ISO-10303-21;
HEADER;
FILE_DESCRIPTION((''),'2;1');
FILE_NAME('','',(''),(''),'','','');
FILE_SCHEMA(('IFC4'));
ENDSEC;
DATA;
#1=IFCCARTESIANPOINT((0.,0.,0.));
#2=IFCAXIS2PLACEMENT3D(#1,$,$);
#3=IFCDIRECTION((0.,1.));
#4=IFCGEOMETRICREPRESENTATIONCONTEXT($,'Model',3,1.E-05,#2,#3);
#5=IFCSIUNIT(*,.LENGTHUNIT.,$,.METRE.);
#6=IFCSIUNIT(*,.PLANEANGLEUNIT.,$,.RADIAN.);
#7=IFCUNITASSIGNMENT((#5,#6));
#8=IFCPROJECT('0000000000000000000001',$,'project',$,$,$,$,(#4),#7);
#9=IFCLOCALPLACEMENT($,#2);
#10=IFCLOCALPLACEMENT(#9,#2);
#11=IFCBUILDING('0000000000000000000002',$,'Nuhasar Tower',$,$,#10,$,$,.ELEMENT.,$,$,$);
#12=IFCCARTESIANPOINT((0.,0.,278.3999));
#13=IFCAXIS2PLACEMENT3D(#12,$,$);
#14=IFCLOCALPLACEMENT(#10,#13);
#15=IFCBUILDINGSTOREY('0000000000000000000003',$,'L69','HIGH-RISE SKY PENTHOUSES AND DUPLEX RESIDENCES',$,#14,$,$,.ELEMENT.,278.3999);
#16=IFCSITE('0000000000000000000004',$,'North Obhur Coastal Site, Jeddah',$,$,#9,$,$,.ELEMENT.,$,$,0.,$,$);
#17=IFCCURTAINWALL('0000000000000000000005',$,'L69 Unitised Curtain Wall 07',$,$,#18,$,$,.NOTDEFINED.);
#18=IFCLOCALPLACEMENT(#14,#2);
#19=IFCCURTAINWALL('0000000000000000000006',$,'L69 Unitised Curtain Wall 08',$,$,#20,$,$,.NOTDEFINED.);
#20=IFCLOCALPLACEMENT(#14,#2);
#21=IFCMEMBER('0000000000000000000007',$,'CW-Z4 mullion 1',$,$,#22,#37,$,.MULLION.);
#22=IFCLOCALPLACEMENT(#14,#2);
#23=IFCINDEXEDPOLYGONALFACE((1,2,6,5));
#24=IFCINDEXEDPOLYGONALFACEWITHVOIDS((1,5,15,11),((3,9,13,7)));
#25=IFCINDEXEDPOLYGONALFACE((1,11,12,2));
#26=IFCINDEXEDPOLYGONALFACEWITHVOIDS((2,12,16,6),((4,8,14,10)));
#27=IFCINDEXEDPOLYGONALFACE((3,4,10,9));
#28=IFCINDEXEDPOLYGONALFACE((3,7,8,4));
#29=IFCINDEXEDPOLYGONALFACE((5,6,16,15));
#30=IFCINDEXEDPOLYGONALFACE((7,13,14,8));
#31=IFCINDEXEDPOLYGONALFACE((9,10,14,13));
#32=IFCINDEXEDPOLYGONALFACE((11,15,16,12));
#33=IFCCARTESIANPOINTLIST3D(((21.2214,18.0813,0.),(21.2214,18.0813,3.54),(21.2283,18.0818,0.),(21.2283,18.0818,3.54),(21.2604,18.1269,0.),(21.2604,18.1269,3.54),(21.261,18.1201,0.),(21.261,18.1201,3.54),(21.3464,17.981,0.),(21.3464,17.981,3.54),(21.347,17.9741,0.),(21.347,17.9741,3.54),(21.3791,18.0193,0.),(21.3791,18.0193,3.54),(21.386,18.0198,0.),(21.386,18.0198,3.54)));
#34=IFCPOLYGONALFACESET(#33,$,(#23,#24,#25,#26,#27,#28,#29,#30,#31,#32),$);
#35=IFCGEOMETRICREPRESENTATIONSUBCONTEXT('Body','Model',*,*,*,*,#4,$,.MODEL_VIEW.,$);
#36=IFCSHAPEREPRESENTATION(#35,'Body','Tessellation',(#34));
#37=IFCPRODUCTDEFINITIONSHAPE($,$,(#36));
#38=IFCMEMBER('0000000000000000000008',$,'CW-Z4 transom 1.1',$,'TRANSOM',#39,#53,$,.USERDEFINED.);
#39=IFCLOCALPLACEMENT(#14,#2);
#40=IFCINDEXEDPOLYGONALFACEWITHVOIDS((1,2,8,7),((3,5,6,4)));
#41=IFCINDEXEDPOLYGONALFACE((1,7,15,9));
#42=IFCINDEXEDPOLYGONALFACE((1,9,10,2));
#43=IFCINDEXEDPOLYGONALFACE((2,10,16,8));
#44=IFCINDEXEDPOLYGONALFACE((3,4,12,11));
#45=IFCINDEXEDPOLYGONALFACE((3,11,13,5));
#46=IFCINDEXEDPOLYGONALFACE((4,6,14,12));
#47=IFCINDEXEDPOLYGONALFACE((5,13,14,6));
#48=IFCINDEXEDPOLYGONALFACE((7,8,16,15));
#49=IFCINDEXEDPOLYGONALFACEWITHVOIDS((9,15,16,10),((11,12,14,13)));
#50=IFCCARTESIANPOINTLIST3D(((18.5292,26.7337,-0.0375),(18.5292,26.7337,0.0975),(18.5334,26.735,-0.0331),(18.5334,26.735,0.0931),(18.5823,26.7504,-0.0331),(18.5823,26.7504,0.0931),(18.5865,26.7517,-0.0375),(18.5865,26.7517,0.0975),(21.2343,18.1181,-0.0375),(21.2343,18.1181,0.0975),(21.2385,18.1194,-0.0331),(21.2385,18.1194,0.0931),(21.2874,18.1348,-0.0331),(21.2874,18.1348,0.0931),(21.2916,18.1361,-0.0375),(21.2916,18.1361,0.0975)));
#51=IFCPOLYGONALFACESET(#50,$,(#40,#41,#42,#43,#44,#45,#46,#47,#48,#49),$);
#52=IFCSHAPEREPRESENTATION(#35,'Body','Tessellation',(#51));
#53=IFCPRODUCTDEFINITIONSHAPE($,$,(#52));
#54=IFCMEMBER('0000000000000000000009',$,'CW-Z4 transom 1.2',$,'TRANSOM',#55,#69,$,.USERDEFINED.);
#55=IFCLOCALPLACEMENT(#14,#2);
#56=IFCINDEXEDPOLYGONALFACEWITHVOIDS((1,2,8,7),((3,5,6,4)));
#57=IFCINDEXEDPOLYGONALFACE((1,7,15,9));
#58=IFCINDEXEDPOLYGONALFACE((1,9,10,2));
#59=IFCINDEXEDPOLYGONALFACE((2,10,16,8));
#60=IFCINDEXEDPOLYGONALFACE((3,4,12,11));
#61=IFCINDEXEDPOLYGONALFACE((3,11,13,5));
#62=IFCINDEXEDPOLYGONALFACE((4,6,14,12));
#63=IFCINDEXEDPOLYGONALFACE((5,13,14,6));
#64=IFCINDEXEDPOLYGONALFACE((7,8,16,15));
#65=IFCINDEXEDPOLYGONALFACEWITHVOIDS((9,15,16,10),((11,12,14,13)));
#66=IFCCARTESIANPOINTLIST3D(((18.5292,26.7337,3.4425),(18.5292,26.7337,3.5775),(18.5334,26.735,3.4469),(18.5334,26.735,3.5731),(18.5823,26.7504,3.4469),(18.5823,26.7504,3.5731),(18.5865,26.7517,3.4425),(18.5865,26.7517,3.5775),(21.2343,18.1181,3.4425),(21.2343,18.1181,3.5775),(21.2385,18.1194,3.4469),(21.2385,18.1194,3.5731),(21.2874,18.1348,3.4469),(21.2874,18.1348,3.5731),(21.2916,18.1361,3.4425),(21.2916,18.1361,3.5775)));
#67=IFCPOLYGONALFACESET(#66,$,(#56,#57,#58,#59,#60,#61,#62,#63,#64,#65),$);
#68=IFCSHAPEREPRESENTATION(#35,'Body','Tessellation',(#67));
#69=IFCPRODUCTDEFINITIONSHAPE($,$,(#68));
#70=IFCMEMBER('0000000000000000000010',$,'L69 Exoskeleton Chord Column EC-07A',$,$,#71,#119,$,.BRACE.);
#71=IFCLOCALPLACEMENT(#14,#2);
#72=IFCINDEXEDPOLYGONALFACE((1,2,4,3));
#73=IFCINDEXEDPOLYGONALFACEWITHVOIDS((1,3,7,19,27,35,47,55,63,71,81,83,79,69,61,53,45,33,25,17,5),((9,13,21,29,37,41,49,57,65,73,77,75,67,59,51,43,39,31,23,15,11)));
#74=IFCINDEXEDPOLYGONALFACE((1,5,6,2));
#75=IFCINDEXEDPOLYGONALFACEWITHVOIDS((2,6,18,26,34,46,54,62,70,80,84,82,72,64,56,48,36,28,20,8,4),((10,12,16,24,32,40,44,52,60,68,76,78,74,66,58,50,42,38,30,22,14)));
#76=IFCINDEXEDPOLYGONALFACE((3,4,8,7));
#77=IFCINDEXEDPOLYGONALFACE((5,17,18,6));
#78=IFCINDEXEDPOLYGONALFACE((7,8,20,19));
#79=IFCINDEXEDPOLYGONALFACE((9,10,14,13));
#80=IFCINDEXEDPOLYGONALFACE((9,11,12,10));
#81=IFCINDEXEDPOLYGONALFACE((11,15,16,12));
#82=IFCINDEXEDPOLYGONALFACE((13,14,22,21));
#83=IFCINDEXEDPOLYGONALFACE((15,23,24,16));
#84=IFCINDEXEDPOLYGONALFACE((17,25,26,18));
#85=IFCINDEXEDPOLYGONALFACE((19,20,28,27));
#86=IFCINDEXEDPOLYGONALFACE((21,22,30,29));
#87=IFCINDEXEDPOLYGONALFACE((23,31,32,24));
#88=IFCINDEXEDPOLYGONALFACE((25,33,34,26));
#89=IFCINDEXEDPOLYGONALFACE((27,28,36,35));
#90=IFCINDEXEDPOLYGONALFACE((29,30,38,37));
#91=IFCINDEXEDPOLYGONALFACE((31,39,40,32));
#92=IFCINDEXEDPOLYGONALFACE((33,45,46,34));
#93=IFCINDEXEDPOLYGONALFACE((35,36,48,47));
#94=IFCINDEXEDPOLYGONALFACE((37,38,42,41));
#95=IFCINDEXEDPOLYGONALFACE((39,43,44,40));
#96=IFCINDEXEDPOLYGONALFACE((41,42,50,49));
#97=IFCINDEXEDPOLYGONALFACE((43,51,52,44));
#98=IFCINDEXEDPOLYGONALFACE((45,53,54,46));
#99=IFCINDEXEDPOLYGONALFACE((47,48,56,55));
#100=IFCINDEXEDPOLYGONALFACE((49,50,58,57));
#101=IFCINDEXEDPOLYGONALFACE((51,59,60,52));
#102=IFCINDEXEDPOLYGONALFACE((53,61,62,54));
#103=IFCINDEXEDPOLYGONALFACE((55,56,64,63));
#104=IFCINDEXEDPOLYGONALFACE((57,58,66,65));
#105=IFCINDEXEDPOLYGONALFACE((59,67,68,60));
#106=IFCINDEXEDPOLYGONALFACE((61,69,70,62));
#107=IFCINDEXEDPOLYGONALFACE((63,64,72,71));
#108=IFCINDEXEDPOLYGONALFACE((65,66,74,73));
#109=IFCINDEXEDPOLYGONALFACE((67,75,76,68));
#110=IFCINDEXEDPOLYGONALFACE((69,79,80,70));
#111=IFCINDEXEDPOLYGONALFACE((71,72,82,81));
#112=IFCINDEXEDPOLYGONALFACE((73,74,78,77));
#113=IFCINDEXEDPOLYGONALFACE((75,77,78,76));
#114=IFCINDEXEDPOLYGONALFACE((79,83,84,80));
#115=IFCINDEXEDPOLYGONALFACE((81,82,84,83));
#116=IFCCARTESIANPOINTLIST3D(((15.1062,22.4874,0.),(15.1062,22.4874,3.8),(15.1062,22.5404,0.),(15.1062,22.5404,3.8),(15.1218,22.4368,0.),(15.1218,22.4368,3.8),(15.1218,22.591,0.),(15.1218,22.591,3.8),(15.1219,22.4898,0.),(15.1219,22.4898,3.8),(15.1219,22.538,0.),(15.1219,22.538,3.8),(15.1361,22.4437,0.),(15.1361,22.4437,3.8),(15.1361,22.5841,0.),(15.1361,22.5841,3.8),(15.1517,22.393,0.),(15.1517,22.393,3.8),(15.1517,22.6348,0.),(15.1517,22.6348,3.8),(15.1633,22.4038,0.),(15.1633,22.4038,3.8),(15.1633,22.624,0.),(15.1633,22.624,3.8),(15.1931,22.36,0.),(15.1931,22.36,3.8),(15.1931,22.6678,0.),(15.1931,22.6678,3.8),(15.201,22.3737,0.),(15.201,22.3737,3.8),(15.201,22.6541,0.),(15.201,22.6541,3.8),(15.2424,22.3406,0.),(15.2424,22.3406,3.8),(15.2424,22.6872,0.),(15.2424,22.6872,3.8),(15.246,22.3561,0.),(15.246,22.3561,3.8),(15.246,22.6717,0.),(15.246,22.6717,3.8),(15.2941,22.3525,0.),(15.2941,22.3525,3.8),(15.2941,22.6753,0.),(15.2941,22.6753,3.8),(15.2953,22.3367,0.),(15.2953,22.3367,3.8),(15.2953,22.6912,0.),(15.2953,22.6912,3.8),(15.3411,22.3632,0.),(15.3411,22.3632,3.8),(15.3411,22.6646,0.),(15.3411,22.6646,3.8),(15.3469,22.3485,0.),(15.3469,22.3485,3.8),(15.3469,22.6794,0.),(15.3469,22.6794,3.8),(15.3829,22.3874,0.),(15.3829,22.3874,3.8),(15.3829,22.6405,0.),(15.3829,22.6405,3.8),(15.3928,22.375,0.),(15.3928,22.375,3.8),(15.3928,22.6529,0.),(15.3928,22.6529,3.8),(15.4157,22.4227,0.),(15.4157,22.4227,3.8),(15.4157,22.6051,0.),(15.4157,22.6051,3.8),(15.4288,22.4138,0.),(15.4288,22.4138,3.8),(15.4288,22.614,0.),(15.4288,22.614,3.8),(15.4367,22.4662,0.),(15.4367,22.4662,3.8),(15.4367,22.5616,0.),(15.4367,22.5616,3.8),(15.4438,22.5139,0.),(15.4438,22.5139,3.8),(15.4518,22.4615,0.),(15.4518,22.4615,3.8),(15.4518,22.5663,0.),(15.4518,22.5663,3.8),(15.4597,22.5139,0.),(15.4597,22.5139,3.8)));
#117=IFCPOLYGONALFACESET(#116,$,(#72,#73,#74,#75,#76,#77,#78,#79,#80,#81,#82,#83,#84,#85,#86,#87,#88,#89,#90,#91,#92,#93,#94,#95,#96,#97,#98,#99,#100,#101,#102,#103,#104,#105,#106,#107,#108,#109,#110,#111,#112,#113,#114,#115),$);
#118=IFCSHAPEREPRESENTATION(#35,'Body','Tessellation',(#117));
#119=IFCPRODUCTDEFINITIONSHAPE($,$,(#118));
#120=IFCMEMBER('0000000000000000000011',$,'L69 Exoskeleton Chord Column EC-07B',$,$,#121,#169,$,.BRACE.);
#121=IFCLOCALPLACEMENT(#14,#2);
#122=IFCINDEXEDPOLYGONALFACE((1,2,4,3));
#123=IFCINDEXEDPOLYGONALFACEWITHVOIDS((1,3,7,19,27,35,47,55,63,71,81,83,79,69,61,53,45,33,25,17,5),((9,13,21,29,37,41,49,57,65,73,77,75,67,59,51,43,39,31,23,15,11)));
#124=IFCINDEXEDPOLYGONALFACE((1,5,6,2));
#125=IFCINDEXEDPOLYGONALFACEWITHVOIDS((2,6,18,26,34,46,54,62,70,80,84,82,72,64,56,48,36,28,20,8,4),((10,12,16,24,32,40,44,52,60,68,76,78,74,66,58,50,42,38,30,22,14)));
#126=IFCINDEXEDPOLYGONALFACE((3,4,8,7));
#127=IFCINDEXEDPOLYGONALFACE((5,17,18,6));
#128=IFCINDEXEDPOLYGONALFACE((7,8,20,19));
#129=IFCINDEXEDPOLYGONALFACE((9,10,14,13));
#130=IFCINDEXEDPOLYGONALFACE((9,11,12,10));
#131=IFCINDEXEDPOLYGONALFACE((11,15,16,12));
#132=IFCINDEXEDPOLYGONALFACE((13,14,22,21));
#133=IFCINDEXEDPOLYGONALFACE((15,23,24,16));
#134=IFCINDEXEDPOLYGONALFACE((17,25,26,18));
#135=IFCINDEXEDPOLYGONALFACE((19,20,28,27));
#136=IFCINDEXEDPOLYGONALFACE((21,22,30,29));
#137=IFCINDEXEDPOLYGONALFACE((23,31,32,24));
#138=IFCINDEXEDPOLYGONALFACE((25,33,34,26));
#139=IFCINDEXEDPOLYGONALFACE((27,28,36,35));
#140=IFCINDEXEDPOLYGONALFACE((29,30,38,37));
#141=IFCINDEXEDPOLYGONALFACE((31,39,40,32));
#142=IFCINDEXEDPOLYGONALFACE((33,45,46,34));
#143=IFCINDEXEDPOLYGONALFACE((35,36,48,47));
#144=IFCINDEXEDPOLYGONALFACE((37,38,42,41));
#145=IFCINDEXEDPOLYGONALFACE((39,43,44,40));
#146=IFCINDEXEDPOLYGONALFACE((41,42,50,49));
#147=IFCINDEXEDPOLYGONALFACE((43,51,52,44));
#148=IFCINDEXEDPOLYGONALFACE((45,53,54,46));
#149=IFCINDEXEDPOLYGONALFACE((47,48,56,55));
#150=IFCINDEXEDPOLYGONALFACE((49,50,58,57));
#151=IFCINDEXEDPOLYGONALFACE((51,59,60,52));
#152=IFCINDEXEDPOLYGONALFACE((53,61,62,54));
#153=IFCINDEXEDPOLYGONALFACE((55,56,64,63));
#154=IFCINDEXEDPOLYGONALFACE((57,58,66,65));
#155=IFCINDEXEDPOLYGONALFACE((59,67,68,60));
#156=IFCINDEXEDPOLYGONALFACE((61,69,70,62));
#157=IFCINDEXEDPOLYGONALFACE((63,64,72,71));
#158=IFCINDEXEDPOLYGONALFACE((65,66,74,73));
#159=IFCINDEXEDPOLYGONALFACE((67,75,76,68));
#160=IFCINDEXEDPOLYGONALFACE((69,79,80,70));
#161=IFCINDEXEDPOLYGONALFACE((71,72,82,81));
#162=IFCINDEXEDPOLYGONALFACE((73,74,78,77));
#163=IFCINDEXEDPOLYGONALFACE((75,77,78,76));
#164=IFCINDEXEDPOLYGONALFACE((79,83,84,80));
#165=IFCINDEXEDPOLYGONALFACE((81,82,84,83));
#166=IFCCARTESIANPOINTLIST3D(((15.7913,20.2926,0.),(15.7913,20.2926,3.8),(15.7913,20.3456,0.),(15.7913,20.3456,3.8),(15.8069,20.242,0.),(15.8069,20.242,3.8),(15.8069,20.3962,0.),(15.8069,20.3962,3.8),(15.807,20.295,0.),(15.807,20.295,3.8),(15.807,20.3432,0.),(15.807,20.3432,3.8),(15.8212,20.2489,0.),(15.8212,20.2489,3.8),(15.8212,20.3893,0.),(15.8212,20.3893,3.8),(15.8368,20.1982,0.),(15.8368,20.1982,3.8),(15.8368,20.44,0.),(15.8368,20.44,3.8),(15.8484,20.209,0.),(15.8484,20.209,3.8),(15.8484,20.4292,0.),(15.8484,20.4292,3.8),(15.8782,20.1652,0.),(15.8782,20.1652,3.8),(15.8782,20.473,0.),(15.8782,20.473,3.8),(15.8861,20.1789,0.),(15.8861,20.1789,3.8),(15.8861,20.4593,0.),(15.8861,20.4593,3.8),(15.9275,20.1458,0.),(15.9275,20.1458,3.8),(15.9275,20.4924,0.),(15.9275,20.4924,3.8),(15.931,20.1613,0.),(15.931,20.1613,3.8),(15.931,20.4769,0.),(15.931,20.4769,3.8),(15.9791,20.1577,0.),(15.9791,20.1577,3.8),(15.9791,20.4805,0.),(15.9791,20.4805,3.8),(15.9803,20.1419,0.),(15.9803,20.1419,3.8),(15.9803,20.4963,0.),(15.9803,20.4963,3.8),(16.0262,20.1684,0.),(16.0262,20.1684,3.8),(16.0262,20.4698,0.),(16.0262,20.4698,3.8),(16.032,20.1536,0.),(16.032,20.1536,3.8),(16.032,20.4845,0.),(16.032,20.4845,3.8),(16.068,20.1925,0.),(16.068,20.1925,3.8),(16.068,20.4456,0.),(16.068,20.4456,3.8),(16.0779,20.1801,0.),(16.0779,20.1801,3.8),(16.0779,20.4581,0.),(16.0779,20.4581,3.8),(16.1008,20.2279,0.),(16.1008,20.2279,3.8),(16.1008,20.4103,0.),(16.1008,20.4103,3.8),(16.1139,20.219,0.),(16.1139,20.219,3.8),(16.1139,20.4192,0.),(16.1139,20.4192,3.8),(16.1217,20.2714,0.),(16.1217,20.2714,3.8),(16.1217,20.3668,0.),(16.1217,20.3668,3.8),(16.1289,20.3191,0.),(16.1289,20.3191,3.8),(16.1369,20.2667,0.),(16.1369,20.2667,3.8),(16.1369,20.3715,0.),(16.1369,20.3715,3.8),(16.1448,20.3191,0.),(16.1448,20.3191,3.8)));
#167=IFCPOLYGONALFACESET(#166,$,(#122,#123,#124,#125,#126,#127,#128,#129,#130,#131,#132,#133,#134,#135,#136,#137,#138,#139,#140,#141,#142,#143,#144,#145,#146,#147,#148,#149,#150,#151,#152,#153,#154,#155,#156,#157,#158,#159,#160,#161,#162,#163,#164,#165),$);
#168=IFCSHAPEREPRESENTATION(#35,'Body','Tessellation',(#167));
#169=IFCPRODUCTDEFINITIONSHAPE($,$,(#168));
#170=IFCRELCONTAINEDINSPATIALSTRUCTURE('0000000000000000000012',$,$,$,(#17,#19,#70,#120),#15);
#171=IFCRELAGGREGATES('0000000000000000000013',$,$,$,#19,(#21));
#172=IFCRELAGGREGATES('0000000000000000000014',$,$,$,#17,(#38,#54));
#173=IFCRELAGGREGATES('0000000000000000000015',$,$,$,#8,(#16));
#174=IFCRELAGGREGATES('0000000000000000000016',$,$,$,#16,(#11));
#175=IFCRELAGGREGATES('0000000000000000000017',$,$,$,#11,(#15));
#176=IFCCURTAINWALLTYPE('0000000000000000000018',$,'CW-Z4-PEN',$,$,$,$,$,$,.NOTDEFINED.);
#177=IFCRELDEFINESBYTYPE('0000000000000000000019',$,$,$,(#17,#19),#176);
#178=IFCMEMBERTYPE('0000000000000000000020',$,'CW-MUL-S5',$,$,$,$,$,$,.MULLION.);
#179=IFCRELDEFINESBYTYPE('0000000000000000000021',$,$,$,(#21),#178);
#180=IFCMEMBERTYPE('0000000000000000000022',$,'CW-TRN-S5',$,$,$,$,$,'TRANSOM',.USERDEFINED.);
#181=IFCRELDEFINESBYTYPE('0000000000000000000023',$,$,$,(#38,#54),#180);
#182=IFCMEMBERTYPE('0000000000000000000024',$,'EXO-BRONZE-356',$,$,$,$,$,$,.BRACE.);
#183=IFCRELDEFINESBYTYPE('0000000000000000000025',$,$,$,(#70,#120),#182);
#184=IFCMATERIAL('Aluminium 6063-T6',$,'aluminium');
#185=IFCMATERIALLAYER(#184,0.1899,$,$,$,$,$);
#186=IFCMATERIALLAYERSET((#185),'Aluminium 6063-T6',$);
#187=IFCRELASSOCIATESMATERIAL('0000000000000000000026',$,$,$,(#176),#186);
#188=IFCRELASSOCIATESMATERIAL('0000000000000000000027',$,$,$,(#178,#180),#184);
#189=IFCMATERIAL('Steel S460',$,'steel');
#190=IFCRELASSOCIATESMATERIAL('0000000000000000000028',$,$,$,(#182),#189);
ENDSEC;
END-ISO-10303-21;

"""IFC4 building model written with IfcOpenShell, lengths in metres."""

from ifc_helpers import new_model, si_unit, direction, frame, origin, origin_2d, place, context, subcontext, project, spatial, hollow_rectangle, hollow_circle, extrude, material, layer, layer_set, material_profile, profile_set, type_object, element, aggregate, save


model = new_model("IFC4")

# Units and contexts
model_context = context("Model", 3, precision=1e-05, world=origin(), true_north=direction((0.0, 1.0)))
body_context = subcontext(model_context, "Body", "Model", "MODEL_VIEW")
ifc_project = project(units=[si_unit("LENGTHUNIT", "METRE"), si_unit("PLANEANGLEUNIT", "RADIAN")], contexts=[model_context])

# Site, building, storey
site_placement = place(None, origin())
site = spatial("IfcSite", under=ifc_project, at=site_placement, Name="North Obhur Coastal Site, Jeddah", CompositionType="ELEMENT", RefElevation=0.0)
building_placement = place(site_placement, origin())
building = spatial("IfcBuilding", under=site, at=building_placement, Name="Nuhasar Tower", CompositionType="ELEMENT")
storey_placement = place(building_placement, frame((0.0, 0.0, 278.3999)))
storey = spatial("IfcBuildingStorey", under=building, at=storey_placement, Name="L69", Description="HIGH-RISE SKY PENTHOUSES AND DUPLEX RESIDENCES", CompositionType="ELEMENT", Elevation=278.3999)

# Curtain wall
ifc_material_1 = material(Name="Aluminium 6063-T6", Category="aluminium")
ifc_layer_1 = layer(ifc_material_1, 0.1899)
ifc_layer_set_1 = layer_set([ifc_layer_1], Name="Aluminium 6063-T6")
curtain_wall_type = type_object("IfcCurtainWallType", Name="CW-Z4-PEN", PredefinedType="NOTDEFINED", material=ifc_layer_set_1)
curtain_wall_1_placement = place(storey_placement, origin())
curtain_wall_1 = element("IfcCurtainWall", 1, at=curtain_wall_1_placement, inside=storey, type_object=curtain_wall_type, Name="L69 Unitised Curtain Wall 07", PredefinedType="NOTDEFINED")
ifc_material_profile_1 = material_profile(ifc_material_1, hollow_rectangle(XDim=0.0601, YDim=0.165, WallThickness=0.0049, at=origin_2d()), Name="CWM-5")
ifc_profile_set_1 = profile_set([ifc_material_profile_1], Name="Aluminium 6063-T6")
member_type_1 = type_object("IfcMemberType", Name="CW-MUL-S5", PredefinedType="MULLION", material=ifc_profile_set_1)

# Curtain wall, member
curtain_wall_2_placement = place(storey_placement, origin())
curtain_wall_2 = element("IfcCurtainWall", 2, at=curtain_wall_2_placement, inside=storey, type_object=curtain_wall_type, Name="L69 Unitised Curtain Wall 08", PredefinedType="NOTDEFINED")
member_1_placement = place(storey_placement, frame((21.3037, 18.0505, 0.0), z_axis=(0.0, 0.0, 1.0), x_axis=(0.649142, 0.760667, 0.0)))
member_1 = element("IfcMember", 3, at=member_1_placement, type_object=member_type_1, Name="CW-Z4 mullion 1", PredefinedType="MULLION", context=body_context, shape_type="SweptSolid", body=[
    extrude(hollow_rectangle(XDim=0.0601, YDim=0.165, WallThickness=0.0049, at=origin_2d()), origin(), (0.0, 0.0, 1.0), 3.54),
])
aggregate(curtain_wall_2, [member_1])

# Members
ifc_material_profile_2 = material_profile(ifc_material_1, hollow_rectangle(XDim=0.0601, YDim=0.135, WallThickness=0.0044, at=origin_2d()), Name="CWT-5")
ifc_profile_set_2 = profile_set([ifc_material_profile_2], Name="Aluminium 6063-T6")
member_type_2 = type_object("IfcMemberType", Name="CW-TRN-S5", ElementType="TRANSOM", PredefinedType="USERDEFINED", material=ifc_profile_set_2)
member_2_placement = place(storey_placement, frame((18.5579, 26.7427, 0.03), z_axis=(0.29956, -0.954077, 0.0), x_axis=(0.954077, 0.29956, 0.0)))
member_2 = element("IfcMember", 4, at=member_2_placement, type_object=member_type_2, Name="CW-Z4 transom 1.1", ObjectType="TRANSOM", PredefinedType="USERDEFINED", context=body_context, shape_type="SweptSolid", body=[
    extrude(hollow_rectangle(XDim=0.0601, YDim=0.135, WallThickness=0.0044, at=origin_2d()), origin(), (0.0, 0.0, 1.0), 9.0303),
])
member_3_placement = place(storey_placement, frame((18.5579, 26.7427, 3.51), z_axis=(0.29956, -0.954077, 0.0), x_axis=(0.954077, 0.29956, 0.0)))
member_3 = element("IfcMember", 5, at=member_3_placement, type_object=member_type_2, Name="CW-Z4 transom 1.2", ObjectType="TRANSOM", PredefinedType="USERDEFINED", context=body_context, shape_type="SweptSolid", body=[
    extrude(hollow_rectangle(XDim=0.0601, YDim=0.135, WallThickness=0.0044, at=origin_2d()), origin(), (0.0, 0.0, 1.0), 9.0303),
])

# Members
ifc_material_2 = material(Name="Steel S460", Category="steel")
ifc_material_profile_3 = material_profile(ifc_material_2, hollow_circle(Radius=0.1777, WallThickness=0.0159, at=origin_2d()), Name="HSS355.6X15.9")
ifc_profile_set_3 = profile_set([ifc_material_profile_3], Name="Steel S460")
member_type_3 = type_object("IfcMemberType", Name="EXO-BRONZE-356", PredefinedType="BRACE", material=ifc_profile_set_3)
for number, where, z_axis, x_axis, name in (
    (6, (15.282, 22.5139, 0.0), (0.0, 0.0, 1.0), (1.0, 0.0, 0.0), "L69 Exoskeleton Chord Column EC-07A"),
    (7, (15.967, 20.3191, 0.0), (0.0, 0.0, 1.0), (1.0, 0.0, 0.0), "L69 Exoskeleton Chord Column EC-07B"),
):
    element("IfcMember", number, at=place(storey_placement, frame(where, z_axis=z_axis, x_axis=x_axis)), inside=storey, type_object=member_type_3, Name=name, PredefinedType="BRACE", context=body_context, shape_type="SweptSolid", body=[
        extrude(hollow_circle(Radius=0.1777, WallThickness=0.0159, at=origin_2d()), origin(), (0.0, 0.0, 1.0), 3.8),
    ])

aggregate(curtain_wall_1, [member_2, member_3])

save(model, "model.ifc")
